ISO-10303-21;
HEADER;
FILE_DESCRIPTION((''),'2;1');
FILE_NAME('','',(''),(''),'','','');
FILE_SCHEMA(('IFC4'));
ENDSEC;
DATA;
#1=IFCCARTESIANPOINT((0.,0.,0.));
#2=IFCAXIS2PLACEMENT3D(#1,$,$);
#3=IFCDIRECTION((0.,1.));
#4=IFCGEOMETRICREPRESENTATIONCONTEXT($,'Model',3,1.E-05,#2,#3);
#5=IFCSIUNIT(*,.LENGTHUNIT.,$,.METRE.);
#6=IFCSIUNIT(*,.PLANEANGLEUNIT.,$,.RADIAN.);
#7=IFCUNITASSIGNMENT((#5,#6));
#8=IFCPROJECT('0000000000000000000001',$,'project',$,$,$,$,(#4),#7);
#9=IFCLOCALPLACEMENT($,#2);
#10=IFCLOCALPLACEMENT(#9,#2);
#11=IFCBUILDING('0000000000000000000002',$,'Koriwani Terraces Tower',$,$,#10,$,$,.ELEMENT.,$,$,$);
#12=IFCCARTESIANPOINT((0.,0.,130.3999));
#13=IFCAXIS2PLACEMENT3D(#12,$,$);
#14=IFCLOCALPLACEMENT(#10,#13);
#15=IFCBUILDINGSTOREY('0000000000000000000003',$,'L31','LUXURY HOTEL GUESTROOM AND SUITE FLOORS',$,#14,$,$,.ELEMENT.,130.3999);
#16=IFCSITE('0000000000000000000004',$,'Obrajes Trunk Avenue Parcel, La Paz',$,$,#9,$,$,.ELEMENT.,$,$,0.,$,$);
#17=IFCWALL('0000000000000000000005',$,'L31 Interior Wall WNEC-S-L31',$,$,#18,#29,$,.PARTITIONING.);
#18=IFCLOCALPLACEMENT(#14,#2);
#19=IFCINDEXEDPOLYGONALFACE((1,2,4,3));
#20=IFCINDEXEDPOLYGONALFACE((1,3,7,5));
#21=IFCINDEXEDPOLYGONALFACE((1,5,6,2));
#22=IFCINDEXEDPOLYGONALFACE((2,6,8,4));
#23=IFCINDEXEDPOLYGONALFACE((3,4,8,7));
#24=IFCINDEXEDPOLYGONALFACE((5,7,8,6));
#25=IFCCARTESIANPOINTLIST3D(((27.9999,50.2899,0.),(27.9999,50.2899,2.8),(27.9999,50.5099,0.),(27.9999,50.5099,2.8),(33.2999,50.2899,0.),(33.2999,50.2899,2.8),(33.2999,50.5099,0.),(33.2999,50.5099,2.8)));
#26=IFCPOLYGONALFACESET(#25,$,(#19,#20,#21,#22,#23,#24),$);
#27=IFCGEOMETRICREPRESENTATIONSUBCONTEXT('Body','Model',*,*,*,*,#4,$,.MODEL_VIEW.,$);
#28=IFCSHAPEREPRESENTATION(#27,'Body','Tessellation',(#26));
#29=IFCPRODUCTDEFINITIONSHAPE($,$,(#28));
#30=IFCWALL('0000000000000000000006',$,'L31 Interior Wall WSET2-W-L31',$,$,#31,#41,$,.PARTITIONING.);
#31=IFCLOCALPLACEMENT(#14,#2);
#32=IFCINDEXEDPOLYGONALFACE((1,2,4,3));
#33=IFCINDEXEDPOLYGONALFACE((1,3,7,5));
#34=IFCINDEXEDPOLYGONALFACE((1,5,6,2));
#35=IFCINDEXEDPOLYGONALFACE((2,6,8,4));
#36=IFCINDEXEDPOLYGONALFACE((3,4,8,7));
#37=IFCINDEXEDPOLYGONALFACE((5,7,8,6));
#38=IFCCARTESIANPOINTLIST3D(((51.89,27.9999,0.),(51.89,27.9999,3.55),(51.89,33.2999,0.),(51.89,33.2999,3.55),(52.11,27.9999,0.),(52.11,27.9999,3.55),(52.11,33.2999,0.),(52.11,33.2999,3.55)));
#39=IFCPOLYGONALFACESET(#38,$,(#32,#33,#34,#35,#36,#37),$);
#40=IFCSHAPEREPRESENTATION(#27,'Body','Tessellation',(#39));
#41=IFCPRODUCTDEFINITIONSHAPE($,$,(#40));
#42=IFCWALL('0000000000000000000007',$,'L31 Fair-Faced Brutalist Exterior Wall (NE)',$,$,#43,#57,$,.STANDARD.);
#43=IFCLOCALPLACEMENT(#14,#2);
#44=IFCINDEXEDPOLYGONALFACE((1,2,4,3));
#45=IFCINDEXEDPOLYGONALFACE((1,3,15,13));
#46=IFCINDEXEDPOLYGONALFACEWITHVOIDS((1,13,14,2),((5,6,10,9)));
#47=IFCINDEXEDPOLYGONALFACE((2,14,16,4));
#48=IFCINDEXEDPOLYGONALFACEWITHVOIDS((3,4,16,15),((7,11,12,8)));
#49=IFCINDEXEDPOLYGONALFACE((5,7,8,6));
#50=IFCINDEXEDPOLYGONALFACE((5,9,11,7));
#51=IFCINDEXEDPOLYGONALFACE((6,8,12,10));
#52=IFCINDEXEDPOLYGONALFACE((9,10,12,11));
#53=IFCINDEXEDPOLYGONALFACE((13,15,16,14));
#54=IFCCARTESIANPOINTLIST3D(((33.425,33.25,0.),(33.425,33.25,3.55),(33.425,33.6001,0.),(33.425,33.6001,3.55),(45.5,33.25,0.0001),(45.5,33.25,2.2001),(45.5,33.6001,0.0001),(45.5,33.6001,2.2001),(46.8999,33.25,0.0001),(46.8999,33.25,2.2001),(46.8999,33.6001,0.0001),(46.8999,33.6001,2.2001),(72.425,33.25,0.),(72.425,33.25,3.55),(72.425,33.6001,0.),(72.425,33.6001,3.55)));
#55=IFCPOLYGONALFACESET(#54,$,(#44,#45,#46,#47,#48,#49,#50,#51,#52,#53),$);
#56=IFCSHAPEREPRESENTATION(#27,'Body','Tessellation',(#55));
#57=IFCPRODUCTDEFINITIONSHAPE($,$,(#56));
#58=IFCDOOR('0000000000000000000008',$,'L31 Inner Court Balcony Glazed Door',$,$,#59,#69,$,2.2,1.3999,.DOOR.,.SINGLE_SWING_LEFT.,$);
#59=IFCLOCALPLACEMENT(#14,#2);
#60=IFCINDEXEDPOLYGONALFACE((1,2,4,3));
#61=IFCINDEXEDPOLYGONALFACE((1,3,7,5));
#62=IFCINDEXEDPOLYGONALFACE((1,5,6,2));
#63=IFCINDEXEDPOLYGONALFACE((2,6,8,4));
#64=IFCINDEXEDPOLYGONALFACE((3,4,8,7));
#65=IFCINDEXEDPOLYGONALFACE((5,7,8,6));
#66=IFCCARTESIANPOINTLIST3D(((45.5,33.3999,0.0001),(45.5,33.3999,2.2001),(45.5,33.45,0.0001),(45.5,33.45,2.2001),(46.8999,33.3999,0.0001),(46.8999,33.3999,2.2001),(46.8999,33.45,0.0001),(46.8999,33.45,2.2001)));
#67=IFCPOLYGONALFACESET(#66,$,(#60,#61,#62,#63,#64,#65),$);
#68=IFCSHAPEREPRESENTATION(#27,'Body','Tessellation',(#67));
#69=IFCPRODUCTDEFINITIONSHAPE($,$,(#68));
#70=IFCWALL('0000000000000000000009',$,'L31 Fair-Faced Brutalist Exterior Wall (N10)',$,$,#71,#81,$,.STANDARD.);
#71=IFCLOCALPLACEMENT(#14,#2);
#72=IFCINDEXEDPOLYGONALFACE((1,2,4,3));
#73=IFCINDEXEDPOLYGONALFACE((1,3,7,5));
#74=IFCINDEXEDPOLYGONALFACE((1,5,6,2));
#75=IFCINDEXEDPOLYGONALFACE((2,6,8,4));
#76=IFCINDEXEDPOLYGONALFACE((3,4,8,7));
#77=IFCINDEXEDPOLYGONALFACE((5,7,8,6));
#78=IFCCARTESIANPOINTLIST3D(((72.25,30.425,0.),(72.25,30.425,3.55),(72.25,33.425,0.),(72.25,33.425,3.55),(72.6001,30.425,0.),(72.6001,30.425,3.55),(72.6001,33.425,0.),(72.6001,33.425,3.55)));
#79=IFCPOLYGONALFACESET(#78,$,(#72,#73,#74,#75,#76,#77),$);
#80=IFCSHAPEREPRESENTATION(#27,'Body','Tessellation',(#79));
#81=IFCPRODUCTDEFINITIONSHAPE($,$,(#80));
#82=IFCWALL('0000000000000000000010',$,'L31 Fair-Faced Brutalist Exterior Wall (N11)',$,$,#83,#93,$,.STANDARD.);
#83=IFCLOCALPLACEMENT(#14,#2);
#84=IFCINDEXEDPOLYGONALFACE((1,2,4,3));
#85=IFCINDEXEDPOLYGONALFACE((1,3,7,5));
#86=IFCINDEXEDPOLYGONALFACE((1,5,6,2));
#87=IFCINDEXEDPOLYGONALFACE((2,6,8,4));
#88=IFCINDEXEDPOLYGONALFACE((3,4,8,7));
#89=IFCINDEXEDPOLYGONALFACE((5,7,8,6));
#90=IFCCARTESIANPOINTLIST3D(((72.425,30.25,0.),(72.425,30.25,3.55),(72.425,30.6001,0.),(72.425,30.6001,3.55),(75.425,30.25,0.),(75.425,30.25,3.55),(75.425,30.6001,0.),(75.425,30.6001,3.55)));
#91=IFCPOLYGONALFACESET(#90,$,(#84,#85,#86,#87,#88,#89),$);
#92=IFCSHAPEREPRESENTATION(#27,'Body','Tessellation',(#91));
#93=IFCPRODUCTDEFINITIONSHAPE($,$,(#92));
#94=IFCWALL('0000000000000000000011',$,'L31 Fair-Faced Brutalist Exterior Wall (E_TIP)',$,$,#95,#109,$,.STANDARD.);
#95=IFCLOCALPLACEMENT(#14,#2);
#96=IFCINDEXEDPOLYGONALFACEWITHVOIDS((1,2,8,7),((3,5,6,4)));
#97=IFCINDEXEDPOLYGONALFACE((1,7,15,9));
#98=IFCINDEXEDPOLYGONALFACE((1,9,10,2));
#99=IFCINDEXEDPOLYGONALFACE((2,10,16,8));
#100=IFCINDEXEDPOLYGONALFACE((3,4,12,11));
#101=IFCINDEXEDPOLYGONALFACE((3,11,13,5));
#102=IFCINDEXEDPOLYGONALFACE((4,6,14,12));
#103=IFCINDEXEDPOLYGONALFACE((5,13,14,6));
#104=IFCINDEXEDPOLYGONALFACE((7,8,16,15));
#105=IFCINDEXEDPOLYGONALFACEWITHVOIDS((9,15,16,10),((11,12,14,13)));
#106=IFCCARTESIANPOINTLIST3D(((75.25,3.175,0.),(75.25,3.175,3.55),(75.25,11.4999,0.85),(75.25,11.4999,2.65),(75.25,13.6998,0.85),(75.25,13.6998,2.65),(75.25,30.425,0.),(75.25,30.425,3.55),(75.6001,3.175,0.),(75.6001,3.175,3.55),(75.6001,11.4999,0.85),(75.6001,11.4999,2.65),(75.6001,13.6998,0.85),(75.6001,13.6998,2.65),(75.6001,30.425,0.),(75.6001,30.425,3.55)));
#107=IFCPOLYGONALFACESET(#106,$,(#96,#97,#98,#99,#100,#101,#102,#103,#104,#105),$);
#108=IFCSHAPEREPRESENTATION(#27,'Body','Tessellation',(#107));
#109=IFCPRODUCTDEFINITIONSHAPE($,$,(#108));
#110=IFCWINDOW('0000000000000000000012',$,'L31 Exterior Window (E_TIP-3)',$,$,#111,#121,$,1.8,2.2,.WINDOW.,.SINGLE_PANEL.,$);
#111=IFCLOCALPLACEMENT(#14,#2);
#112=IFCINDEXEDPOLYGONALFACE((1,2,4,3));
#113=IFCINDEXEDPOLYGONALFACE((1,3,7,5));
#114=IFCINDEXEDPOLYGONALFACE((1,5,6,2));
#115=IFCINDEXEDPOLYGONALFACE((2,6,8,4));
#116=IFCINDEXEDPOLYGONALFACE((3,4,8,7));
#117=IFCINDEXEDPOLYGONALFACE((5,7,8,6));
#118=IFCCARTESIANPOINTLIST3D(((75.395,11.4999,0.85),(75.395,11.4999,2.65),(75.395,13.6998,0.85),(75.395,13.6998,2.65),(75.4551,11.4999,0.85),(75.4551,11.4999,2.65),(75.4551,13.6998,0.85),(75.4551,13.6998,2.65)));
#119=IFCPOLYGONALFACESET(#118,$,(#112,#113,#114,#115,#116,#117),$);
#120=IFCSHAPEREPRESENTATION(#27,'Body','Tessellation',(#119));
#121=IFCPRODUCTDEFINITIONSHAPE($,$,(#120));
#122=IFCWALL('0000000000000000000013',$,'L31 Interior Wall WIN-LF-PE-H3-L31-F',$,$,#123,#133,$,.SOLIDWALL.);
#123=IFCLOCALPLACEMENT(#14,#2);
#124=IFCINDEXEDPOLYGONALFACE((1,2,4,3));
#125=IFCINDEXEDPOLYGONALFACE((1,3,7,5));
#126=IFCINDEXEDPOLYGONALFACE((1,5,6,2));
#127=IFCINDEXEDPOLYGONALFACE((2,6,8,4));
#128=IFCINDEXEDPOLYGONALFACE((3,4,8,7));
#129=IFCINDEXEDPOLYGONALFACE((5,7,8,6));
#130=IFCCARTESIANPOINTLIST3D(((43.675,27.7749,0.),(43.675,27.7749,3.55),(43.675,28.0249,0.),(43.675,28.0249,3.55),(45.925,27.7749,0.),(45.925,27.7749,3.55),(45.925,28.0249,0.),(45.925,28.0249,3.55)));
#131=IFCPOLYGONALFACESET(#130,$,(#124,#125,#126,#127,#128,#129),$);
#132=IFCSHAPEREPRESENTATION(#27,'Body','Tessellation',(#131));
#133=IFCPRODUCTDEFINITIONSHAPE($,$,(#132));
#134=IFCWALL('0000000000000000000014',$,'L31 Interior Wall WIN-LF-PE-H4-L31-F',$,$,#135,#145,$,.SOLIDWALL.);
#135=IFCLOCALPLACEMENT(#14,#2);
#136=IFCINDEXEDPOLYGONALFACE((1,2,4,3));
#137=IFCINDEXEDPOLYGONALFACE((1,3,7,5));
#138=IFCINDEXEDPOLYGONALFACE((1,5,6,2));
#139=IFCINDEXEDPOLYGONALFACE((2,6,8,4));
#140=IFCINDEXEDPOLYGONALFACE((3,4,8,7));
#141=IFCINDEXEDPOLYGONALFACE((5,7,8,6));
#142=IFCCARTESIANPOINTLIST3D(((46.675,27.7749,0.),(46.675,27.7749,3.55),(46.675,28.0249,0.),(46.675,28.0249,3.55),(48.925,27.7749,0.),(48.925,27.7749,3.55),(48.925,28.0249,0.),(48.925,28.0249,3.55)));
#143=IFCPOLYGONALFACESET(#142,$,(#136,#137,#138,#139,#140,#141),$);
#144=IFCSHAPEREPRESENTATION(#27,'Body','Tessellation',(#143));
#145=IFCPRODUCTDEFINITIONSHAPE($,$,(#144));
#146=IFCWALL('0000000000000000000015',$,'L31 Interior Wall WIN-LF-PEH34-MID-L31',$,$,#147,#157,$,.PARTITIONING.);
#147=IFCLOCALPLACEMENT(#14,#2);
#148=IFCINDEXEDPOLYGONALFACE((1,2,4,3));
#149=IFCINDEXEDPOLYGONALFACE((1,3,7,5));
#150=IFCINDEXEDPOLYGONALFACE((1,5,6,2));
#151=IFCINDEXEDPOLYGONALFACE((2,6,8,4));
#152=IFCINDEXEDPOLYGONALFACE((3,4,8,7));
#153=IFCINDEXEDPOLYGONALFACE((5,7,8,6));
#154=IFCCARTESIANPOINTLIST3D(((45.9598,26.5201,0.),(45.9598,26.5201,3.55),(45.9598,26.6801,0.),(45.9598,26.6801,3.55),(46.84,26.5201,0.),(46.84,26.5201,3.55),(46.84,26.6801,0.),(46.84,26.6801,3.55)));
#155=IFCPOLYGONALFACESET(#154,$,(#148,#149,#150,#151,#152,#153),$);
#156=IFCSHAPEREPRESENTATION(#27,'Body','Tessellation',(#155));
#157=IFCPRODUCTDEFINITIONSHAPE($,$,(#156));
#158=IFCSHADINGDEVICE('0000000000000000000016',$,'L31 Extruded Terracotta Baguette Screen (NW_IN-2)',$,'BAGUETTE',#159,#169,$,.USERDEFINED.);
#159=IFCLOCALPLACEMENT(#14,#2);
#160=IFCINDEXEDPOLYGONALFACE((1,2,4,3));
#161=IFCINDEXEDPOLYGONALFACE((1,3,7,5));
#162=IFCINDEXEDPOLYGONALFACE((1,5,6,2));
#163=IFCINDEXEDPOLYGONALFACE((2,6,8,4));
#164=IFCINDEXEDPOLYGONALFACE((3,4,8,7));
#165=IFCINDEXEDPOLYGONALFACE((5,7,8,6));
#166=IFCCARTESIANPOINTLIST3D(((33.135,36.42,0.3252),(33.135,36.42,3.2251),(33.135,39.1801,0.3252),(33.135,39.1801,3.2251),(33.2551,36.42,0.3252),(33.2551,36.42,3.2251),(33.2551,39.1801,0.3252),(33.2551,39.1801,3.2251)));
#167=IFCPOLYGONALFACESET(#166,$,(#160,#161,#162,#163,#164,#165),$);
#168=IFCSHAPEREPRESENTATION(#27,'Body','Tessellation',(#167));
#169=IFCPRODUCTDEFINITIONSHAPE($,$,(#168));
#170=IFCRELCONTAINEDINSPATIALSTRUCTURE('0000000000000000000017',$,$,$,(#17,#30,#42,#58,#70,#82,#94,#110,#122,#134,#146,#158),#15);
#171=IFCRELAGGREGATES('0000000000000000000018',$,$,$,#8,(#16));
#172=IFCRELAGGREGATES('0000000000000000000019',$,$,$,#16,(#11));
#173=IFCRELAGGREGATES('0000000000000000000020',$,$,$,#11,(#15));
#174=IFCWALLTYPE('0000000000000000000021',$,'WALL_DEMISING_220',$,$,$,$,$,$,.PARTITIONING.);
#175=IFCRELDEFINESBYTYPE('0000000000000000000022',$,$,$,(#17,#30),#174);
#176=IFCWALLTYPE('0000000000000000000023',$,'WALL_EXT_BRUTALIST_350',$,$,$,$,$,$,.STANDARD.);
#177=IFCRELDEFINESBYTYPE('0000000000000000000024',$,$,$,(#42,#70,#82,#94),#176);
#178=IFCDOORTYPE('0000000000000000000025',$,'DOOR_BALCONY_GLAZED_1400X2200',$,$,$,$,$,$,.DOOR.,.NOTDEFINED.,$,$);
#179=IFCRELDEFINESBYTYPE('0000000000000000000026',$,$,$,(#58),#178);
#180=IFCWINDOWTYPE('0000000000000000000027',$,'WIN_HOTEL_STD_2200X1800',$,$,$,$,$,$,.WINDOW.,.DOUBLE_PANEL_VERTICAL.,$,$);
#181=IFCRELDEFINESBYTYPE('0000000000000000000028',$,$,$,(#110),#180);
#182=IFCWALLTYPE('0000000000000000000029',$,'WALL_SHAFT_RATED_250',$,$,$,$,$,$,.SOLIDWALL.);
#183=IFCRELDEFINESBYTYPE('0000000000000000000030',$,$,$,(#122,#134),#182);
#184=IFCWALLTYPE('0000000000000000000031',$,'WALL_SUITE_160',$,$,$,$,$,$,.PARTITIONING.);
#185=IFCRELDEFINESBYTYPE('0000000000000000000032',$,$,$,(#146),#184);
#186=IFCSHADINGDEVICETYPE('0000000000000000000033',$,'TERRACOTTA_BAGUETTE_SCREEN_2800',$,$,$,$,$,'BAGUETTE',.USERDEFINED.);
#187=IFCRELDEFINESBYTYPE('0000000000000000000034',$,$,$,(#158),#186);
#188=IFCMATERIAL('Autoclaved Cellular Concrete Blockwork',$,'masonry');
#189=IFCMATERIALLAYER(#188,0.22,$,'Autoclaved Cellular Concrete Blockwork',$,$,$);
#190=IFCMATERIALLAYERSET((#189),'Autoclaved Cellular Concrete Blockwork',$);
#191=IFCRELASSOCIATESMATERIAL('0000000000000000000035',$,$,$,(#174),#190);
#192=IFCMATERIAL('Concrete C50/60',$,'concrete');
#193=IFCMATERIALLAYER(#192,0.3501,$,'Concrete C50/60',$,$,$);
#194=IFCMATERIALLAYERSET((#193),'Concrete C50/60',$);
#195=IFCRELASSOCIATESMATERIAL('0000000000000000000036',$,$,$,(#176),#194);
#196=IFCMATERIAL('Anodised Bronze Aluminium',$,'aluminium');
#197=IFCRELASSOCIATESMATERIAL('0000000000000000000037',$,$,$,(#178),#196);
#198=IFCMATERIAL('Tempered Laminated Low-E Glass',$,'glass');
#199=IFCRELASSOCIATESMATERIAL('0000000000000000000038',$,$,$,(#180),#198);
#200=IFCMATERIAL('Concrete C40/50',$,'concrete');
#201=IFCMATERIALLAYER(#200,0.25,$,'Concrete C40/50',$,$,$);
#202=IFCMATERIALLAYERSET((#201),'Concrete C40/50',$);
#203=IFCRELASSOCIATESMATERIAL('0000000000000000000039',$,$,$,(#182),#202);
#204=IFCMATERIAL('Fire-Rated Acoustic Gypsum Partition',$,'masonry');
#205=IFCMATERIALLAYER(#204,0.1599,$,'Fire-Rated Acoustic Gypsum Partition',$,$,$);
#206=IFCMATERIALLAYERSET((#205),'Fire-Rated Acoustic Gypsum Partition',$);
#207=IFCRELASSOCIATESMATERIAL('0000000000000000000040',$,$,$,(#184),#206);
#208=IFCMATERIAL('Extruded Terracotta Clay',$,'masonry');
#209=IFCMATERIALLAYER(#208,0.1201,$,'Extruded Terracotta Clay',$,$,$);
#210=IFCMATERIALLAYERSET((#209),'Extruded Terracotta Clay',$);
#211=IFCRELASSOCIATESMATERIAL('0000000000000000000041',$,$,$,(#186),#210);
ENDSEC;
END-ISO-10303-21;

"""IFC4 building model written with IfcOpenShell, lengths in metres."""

from ifc_helpers import new_model, si_unit, direction, frame, frame_2d, origin, origin_2d, place, context, subcontext, project, spatial, rectangle, extrude, material, layer, layer_set, type_object, element, fill, save


model = new_model("IFC4")

# Units and contexts
model_context = context("Model", 3, precision=1e-05, world=origin(), true_north=direction((0.0, 1.0)))
body_context = subcontext(model_context, "Body", "Model", "MODEL_VIEW")
ifc_project = project(units=[si_unit("LENGTHUNIT", "METRE"), si_unit("PLANEANGLEUNIT", "RADIAN")], contexts=[model_context])

# Site, building, storey
site_placement = place(None, origin())
site = spatial("IfcSite", under=ifc_project, at=site_placement, Name="Obrajes Trunk Avenue Parcel, La Paz", CompositionType="ELEMENT", RefElevation=0.0)
building_placement = place(site_placement, origin())
building = spatial("IfcBuilding", under=site, at=building_placement, Name="Koriwani Terraces Tower", CompositionType="ELEMENT")
storey_placement = place(building_placement, frame((0.0, 0.0, 130.3999)))
storey = spatial("IfcBuildingStorey", under=building, at=storey_placement, Name="L31", Description="LUXURY HOTEL GUESTROOM AND SUITE FLOORS", CompositionType="ELEMENT", Elevation=130.3999)

# Shared definitions
ifc_material_1 = material(Name="Concrete C40/50", Category="concrete")
ifc_material_2 = material(Name="Concrete C50/60", Category="concrete")

# Shared definitions
ifc_material_3 = material(Name="Autoclaved Cellular Concrete Blockwork", Category="masonry")

# Walls
ifc_layer_1 = layer(ifc_material_3, 0.22, Name="Autoclaved Cellular Concrete Blockwork")
ifc_layer_set_1 = layer_set([ifc_layer_1], Name="Autoclaved Cellular Concrete Blockwork")
wall_type_1 = type_object("IfcWallType", Name="WALL_DEMISING_220", PredefinedType="PARTITIONING", material=ifc_layer_set_1)
wall_1_placement = place(storey_placement, frame((28.0, 50.3999, 0.0), z_axis=(0.0, 0.0, 1.0), x_axis=(1.0, 0.0, 0.0)))
element("IfcWall", 1, at=wall_1_placement, inside=storey, type_object=wall_type_1, Name="L31 Interior Wall WNEC-S-L31", PredefinedType="PARTITIONING", context=body_context, shape_type="SweptSolid", body=[
    extrude(rectangle(XDim=5.3, YDim=0.22, at=frame_2d((2.6499, 0.0))), origin(), (0.0, 0.0, 1.0), 2.8),
])
wall_2_placement = place(storey_placement, frame((52.0, 28.0, 0.0), z_axis=(0.0, 0.0, 1.0), x_axis=(0.0, 1.0, 0.0)))
element("IfcWall", 2, at=wall_2_placement, inside=storey, type_object=wall_type_1, Name="L31 Interior Wall WSET2-W-L31", PredefinedType="PARTITIONING", context=body_context, shape_type="SweptSolid", body=[
    extrude(rectangle(XDim=5.3, YDim=0.22, at=frame_2d((2.6499, 0.0))), origin(), (0.0, 0.0, 1.0), 3.55),
])

# Wall, opening, door
ifc_layer_2 = layer(ifc_material_2, 0.3501, Name="Concrete C50/60")
ifc_layer_set_2 = layer_set([ifc_layer_2], Name="Concrete C50/60")
wall_type_2 = type_object("IfcWallType", Name="WALL_EXT_BRUTALIST_350", PredefinedType="STANDARD", material=ifc_layer_set_2)
wall_3_placement = place(storey_placement, frame((33.425, 33.425, 0.0), z_axis=(0.0, 0.0, 1.0), x_axis=(1.0, 0.0, 0.0)))
wall_3 = element("IfcWall", 3, at=wall_3_placement, inside=storey, type_object=wall_type_2, Name="L31 Fair-Faced Brutalist Exterior Wall (NE)", PredefinedType="STANDARD", context=body_context, shape_type="SweptSolid", body=[
    extrude(rectangle(XDim=39.0, YDim=0.3501, at=frame_2d((19.5, 0.0))), origin(), (0.0, 0.0, 1.0), 3.55),
])
opening_1_placement = place(wall_3_placement, frame((12.075, 0.0, 0.0)))
opening_1 = element("IfcOpeningElement", 4, at=opening_1_placement, cuts=wall_3, PredefinedType="OPENING", context=body_context, shape_type="SweptSolid", body=[
    extrude(rectangle(XDim=1.3999, YDim=2.2, at=frame_2d((0.7, 1.1001))), frame((0.0, 0.1851, 0.0), z_axis=(0.0, -1.0, 0.0), x_axis=(1.0, 0.0, 0.0)), (0.0, 0.0, 1.0), 0.3701),
])
ifc_material_4 = material(Name="Anodised Bronze Aluminium", Category="aluminium")
door_type_1 = type_object("IfcDoorType", Name="DOOR_BALCONY_GLAZED_1400X2200", OperationType="NOTDEFINED", PredefinedType="DOOR", material=ifc_material_4)
door_1_placement = place(opening_1_placement, origin())
door_1 = element("IfcDoor", 5, at=door_1_placement, inside=storey, type_object=door_type_1, Name="L31 Inner Court Balcony Glazed Door", OperationType="SINGLE_SWING_LEFT", OverallHeight=2.2, OverallWidth=1.3999, PredefinedType="DOOR", context=body_context, shape_type="SweptSolid", body=[
    extrude(rectangle(XDim=1.3999, YDim=2.2, at=frame_2d((0.7, 1.1001))), frame((0.0, 0.0249, 0.0), z_axis=(0.0, -1.0, 0.0), x_axis=(1.0, 0.0, 0.0)), (0.0, 0.0, 1.0), 0.05),
])
fill(opening_1, door_1)

# Walls
for number, where, z_axis, x_axis, name in (
    (6, (72.425, 33.425, 0.0), (0.0, 0.0, 1.0), (0.0, -1.0, 0.0), "L31 Fair-Faced Brutalist Exterior Wall (N10)"),
    (7, (72.425, 30.425, 0.0), (0.0, 0.0, 1.0), (1.0, 0.0, 0.0), "L31 Fair-Faced Brutalist Exterior Wall (N11)"),
):
    element("IfcWall", number, at=place(storey_placement, frame(where, z_axis=z_axis, x_axis=x_axis)), inside=storey, type_object=wall_type_2, Name=name, PredefinedType="STANDARD", context=body_context, shape_type="SweptSolid", body=[
        extrude(rectangle(XDim=3.0, YDim=0.3501, at=frame_2d((1.5, 0.0))), origin(), (0.0, 0.0, 1.0), 3.55),
    ])

# Wall, opening, window
wall_4_placement = place(storey_placement, frame((75.425, 30.425, 0.0), z_axis=(0.0, 0.0, 1.0), x_axis=(0.0, -1.0, 0.0)))
wall_4 = element("IfcWall", 8, at=wall_4_placement, inside=storey, type_object=wall_type_2, Name="L31 Fair-Faced Brutalist Exterior Wall (E_TIP)", PredefinedType="STANDARD", context=body_context, shape_type="SweptSolid", body=[
    extrude(rectangle(XDim=27.25, YDim=0.3501, at=frame_2d((13.625, 0.0))), origin(), (0.0, 0.0, 1.0), 3.55),
])
opening_2_placement = place(wall_4_placement, frame((16.7251, 0.0, 0.8501)))
opening_2 = element("IfcOpeningElement", 9, at=opening_2_placement, cuts=wall_4, PredefinedType="OPENING", context=body_context, shape_type="SweptSolid", body=[
    extrude(rectangle(XDim=2.2, YDim=1.8, at=frame_2d((1.1001, 0.8999))), frame((0.0, 0.1851, 0.0), z_axis=(0.0, -1.0, 0.0), x_axis=(1.0, 0.0, 0.0)), (0.0, 0.0, 1.0), 0.3701),
])
ifc_material_5 = material(Name="Tempered Laminated Low-E Glass", Category="glass")
window_type = type_object("IfcWindowType", Name="WIN_HOTEL_STD_2200X1800", PartitioningType="DOUBLE_PANEL_VERTICAL", PredefinedType="WINDOW", material=ifc_material_5)
window_placement = place(opening_2_placement, origin())
window = element("IfcWindow", 10, at=window_placement, inside=storey, type_object=window_type, Name="L31 Exterior Window (E_TIP-3)", OverallHeight=1.8, OverallWidth=2.2, PartitioningType="SINGLE_PANEL", PredefinedType="WINDOW", context=body_context, shape_type="SweptSolid", body=[
    extrude(rectangle(XDim=2.2, YDim=1.8, at=frame_2d((1.1001, 0.8999))), frame((0.0, 0.03, 0.0), z_axis=(0.0, -1.0, 0.0), x_axis=(1.0, 0.0, 0.0)), (0.0, 0.0, 1.0), 0.0601),
])
fill(opening_2, window)

# Walls
ifc_layer_3 = layer(ifc_material_1, 0.25, Name="Concrete C40/50")
ifc_layer_set_3 = layer_set([ifc_layer_3], Name="Concrete C40/50")
wall_type_3 = type_object("IfcWallType", Name="WALL_SHAFT_RATED_250", PredefinedType="SOLIDWALL", material=ifc_layer_set_3)
for number, where, z_axis, x_axis, name in (
    (11, (43.675, 27.8999, 0.0), (0.0, 0.0, 1.0), (1.0, 0.0, 0.0), "L31 Interior Wall WIN-LF-PE-H3-L31-F"),
    (12, (46.675, 27.8999, 0.0), (0.0, 0.0, 1.0), (1.0, 0.0, 0.0), "L31 Interior Wall WIN-LF-PE-H4-L31-F"),
):
    element("IfcWall", number, at=place(storey_placement, frame(where, z_axis=z_axis, x_axis=x_axis)), inside=storey, type_object=wall_type_3, Name=name, PredefinedType="SOLIDWALL", context=body_context, shape_type="SweptSolid", body=[
        extrude(rectangle(XDim=2.25, YDim=0.25, at=frame_2d((1.125, 0.0))), origin(), (0.0, 0.0, 1.0), 3.55),
    ])
ifc_material_6 = material(Name="Fire-Rated Acoustic Gypsum Partition", Category="masonry")
ifc_layer_4 = layer(ifc_material_6, 0.1599, Name="Fire-Rated Acoustic Gypsum Partition")
ifc_layer_set_4 = layer_set([ifc_layer_4], Name="Fire-Rated Acoustic Gypsum Partition")
wall_type_4 = type_object("IfcWallType", Name="WALL_SUITE_160", PredefinedType="PARTITIONING", material=ifc_layer_set_4)
wall_5_placement = place(storey_placement, frame((45.96, 26.6001, 0.0), z_axis=(0.0, 0.0, 1.0), x_axis=(1.0, 0.0, 0.0)))
element("IfcWall", 13, at=wall_5_placement, inside=storey, type_object=wall_type_4, Name="L31 Interior Wall WIN-LF-PEH34-MID-L31", PredefinedType="PARTITIONING", context=body_context, shape_type="SweptSolid", body=[
    extrude(rectangle(XDim=0.8801, YDim=0.1599, at=frame_2d((0.4399, 0.0))), origin(), (0.0, 0.0, 1.0), 3.55),
])

# Shading device
ifc_material_7 = material(Name="Extruded Terracotta Clay", Category="masonry")
ifc_layer_5 = layer(ifc_material_7, 0.1201, Name="Extruded Terracotta Clay")
ifc_layer_set_5 = layer_set([ifc_layer_5], Name="Extruded Terracotta Clay")
shading_device_type = type_object("IfcShadingDeviceType", Name="TERRACOTTA_BAGUETTE_SCREEN_2800", ElementType="BAGUETTE", PredefinedType="USERDEFINED", material=ifc_layer_set_5)
shading_device_placement = place(storey_placement, frame((33.1951, 37.8, 0.3252), z_axis=(0.0, 0.0, 1.0), x_axis=(0.0, -1.0, 0.0)))
element("IfcShadingDevice", 14, at=shading_device_placement, inside=storey, type_object=shading_device_type, Name="L31 Extruded Terracotta Baguette Screen (NW_IN-2)", ObjectType="BAGUETTE", PredefinedType="USERDEFINED", context=body_context, shape_type="SweptSolid", body=[
    extrude(rectangle(XDim=2.76, YDim=0.1201, at=origin_2d()), origin(), (0.0, 0.0, 1.0), 2.8999),
])

save(model, "model.ifc")
